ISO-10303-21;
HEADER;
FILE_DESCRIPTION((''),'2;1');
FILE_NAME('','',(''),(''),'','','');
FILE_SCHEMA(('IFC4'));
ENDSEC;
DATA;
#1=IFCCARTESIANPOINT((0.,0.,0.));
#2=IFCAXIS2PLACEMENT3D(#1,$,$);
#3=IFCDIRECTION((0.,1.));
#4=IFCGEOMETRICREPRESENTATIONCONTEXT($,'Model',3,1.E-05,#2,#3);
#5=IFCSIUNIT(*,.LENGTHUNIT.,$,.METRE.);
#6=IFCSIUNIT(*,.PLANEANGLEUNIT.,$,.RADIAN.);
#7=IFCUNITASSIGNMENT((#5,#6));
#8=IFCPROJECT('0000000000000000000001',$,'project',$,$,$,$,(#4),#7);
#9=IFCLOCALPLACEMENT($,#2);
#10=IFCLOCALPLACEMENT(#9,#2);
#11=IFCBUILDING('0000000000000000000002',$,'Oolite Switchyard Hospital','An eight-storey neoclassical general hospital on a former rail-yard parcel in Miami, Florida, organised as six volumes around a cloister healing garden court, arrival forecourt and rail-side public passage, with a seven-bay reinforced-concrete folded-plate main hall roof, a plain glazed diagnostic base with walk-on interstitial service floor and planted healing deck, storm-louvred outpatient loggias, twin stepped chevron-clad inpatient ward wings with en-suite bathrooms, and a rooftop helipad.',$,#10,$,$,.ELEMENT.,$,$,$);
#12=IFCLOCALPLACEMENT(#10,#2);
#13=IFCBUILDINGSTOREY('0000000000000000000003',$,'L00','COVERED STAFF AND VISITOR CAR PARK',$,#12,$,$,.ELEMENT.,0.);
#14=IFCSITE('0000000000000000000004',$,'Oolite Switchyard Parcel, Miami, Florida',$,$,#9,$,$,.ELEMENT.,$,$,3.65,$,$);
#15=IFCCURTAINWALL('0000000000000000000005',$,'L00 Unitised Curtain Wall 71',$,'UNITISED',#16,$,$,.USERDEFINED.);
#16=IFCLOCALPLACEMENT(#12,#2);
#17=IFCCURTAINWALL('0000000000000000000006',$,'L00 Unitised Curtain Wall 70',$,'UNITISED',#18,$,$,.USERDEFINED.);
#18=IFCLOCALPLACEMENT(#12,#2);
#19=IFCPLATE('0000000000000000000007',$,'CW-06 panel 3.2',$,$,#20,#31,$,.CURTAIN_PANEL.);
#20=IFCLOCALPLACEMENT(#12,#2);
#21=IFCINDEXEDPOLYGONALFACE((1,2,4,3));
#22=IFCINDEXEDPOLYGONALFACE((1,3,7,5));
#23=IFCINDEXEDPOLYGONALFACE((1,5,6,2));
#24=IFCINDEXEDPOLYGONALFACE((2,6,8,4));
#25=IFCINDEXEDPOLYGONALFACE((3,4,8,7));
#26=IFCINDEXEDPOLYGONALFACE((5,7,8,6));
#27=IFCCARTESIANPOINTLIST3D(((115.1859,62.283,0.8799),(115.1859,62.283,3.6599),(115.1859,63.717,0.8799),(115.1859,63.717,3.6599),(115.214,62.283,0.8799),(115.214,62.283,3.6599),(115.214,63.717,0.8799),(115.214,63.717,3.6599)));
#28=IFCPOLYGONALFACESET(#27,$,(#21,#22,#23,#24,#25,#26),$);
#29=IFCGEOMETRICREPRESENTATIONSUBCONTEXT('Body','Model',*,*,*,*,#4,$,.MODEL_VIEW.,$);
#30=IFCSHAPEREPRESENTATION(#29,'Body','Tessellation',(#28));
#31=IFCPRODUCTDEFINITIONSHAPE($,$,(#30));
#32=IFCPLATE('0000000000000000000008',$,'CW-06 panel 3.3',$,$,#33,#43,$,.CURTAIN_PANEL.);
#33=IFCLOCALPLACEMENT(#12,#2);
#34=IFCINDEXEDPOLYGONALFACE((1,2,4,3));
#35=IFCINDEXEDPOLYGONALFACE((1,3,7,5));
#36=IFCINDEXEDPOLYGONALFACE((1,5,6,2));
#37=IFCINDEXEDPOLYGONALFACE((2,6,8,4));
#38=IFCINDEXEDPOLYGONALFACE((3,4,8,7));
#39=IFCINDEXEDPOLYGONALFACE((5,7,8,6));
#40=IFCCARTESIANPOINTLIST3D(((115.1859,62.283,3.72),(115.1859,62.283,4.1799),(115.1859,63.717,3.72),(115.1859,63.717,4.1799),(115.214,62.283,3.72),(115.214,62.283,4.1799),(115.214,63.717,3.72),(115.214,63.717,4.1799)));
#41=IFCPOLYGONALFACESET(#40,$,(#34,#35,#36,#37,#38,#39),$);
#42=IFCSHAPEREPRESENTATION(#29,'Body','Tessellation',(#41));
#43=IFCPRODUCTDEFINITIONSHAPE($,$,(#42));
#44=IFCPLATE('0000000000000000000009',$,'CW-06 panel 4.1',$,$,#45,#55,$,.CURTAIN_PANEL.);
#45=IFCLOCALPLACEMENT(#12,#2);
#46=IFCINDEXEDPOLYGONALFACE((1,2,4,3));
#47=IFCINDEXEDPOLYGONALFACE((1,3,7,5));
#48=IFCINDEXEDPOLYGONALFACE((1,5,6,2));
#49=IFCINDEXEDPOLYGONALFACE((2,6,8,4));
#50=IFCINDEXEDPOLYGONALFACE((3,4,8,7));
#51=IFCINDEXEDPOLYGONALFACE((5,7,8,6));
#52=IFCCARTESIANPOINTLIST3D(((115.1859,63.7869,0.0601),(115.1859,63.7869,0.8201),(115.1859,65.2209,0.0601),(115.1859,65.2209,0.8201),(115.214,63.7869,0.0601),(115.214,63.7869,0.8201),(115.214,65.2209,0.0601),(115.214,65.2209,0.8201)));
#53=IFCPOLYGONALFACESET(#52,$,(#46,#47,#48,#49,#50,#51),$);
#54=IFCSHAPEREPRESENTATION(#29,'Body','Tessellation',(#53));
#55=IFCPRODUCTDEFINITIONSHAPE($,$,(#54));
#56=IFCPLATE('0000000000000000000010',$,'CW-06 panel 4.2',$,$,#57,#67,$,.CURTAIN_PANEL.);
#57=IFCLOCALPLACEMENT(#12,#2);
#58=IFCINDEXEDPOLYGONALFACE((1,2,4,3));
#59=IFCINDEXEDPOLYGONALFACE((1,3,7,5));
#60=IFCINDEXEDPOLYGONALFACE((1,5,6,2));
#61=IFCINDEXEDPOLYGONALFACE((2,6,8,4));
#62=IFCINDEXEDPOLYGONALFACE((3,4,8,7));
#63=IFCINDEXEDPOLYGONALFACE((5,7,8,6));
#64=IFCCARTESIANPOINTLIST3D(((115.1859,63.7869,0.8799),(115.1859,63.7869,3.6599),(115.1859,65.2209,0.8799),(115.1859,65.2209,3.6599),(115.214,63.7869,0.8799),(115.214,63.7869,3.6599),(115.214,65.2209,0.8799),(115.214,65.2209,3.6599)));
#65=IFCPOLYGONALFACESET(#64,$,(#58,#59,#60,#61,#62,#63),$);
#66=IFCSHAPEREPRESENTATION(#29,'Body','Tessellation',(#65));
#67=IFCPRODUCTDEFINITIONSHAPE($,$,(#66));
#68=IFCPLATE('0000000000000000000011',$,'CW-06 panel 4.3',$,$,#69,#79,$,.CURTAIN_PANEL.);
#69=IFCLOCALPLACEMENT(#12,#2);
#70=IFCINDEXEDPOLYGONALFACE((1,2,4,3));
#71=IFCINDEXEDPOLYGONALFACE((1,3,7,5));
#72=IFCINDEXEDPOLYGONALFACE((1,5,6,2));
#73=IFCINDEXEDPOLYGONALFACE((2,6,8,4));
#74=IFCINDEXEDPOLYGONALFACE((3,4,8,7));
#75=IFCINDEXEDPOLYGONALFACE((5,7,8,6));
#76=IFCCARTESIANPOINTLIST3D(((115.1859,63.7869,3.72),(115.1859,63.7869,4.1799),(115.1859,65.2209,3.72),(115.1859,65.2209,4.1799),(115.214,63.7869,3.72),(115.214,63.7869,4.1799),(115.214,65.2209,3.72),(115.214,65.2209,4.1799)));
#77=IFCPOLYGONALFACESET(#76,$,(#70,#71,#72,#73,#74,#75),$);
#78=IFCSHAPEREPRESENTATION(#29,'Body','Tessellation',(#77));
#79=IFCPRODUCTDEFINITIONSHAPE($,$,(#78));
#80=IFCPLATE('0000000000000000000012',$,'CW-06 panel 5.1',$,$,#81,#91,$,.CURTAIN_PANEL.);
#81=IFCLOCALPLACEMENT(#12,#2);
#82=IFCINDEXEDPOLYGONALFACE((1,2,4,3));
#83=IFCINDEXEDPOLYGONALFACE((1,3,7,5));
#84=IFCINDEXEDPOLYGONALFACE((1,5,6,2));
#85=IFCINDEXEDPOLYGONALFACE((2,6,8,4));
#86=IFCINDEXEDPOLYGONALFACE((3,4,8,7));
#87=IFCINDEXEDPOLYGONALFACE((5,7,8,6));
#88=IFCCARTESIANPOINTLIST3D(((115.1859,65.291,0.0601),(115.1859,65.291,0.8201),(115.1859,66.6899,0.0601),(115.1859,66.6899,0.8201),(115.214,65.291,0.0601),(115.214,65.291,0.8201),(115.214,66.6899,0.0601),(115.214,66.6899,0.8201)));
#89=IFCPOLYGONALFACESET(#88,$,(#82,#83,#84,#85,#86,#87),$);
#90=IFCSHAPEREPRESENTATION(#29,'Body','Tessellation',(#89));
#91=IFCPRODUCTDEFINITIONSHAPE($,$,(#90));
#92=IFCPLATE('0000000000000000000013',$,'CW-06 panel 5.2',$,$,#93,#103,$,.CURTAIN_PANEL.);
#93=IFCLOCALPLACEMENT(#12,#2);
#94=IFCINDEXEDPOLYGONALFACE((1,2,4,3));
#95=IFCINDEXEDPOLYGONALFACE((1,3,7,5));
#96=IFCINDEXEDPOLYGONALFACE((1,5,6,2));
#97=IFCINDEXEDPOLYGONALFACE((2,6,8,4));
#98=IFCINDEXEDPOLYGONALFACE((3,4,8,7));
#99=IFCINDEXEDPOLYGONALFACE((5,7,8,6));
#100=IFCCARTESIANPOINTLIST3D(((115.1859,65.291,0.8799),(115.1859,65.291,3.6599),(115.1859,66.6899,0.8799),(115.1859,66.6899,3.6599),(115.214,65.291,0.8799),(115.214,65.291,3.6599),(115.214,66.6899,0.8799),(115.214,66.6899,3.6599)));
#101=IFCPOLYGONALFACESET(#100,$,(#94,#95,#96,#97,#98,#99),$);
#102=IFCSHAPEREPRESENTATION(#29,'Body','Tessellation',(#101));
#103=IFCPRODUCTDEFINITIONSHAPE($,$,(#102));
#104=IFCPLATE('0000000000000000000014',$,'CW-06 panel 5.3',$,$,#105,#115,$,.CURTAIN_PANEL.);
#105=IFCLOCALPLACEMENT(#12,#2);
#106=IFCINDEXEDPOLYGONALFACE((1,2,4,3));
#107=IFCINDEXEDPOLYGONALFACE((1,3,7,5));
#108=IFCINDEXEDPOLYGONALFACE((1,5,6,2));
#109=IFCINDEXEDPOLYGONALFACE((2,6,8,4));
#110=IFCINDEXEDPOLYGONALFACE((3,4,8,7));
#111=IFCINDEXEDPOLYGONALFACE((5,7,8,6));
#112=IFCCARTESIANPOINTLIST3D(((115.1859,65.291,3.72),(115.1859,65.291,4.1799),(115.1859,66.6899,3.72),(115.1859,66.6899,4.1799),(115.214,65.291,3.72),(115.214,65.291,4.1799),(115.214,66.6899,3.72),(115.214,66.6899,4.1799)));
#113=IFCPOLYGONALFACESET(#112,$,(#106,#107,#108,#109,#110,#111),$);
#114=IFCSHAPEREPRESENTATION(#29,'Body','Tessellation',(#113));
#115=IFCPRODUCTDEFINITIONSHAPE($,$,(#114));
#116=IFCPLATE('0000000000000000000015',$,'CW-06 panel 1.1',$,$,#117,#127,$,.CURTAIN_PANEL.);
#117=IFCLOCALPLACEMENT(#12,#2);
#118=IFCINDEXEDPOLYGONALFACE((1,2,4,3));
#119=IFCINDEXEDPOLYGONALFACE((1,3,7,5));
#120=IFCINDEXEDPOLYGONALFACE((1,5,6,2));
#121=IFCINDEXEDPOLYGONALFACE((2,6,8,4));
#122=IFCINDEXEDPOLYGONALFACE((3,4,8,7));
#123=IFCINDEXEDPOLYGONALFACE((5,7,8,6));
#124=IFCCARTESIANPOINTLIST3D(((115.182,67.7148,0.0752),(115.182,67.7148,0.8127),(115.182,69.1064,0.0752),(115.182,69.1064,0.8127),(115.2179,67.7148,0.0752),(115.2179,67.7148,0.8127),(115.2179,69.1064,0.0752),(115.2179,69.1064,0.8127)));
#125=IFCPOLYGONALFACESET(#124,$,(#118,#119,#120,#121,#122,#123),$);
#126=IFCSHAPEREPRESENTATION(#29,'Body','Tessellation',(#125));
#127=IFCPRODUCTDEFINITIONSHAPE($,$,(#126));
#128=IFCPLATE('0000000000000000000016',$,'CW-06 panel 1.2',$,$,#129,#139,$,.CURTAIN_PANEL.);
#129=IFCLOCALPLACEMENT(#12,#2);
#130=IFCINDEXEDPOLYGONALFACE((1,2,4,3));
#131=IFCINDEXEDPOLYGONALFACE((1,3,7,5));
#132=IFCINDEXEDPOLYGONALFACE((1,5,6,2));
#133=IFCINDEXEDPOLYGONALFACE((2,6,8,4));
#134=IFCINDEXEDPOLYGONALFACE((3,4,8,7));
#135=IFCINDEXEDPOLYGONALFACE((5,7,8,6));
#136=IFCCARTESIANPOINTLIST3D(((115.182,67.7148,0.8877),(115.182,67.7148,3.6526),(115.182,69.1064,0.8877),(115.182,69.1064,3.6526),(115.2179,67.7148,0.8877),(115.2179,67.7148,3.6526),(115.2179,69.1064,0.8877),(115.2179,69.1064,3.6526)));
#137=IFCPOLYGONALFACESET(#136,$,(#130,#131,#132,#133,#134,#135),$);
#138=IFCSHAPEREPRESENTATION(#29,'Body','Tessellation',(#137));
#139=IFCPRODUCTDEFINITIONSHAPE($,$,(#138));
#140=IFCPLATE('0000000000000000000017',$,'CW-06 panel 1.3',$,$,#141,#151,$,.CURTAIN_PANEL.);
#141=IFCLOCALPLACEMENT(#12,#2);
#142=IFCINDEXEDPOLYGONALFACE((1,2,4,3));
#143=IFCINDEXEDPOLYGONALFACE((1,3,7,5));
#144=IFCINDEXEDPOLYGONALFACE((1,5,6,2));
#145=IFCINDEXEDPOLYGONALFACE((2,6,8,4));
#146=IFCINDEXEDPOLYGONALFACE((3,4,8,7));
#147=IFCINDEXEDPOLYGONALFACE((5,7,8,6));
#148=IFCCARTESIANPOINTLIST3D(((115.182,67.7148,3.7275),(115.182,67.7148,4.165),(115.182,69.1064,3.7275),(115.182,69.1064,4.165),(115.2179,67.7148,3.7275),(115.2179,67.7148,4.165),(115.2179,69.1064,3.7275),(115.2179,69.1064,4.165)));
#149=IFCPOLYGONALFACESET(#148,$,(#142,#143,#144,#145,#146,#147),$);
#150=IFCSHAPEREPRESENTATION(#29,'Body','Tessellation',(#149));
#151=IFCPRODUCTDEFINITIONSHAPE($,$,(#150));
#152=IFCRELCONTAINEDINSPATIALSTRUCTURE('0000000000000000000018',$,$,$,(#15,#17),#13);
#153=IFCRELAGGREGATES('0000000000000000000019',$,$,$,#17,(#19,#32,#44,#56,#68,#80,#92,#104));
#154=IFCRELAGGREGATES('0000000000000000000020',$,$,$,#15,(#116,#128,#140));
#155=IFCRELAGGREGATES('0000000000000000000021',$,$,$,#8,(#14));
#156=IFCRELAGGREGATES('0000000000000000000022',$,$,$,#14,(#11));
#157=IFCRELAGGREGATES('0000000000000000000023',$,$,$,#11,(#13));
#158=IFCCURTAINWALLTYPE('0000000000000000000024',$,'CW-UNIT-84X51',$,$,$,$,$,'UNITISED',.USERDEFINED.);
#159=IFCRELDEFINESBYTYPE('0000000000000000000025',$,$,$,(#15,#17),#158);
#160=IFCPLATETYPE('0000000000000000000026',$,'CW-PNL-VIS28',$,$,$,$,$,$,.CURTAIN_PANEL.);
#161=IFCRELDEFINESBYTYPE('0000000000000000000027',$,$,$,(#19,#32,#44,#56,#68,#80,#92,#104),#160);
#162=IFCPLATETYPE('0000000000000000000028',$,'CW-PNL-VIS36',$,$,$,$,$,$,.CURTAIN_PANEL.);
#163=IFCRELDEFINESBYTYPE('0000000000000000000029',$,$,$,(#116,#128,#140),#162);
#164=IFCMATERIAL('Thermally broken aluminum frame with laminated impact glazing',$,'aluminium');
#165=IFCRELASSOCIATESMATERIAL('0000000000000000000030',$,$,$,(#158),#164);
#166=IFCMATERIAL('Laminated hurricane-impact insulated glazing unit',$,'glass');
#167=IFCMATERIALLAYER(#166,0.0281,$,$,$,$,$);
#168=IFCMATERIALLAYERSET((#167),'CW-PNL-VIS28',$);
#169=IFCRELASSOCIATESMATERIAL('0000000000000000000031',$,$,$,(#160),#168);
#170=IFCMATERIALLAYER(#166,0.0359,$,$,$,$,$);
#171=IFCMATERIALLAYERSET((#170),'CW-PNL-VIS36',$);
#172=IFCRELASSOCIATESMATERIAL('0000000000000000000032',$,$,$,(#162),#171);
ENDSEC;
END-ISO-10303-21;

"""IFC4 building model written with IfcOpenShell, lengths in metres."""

from ifc_helpers import new_model, si_unit, direction, frame, origin, origin_2d, place, context, subcontext, project, spatial, rectangle, extrude, material, layer, layer_set, type_object, element, aggregate, save


model = new_model("IFC4")

# Units and contexts
model_context = context("Model", 3, precision=1e-05, world=origin(), true_north=direction((0.0, 1.0)))
body_context = subcontext(model_context, "Body", "Model", "MODEL_VIEW")
ifc_project = project(units=[si_unit("LENGTHUNIT", "METRE"), si_unit("PLANEANGLEUNIT", "RADIAN")], contexts=[model_context])

# Site, building, storey
site_placement = place(None, origin())
site = spatial("IfcSite", under=ifc_project, at=site_placement, Name="Oolite Switchyard Parcel, Miami, Florida", CompositionType="ELEMENT", RefElevation=3.65)
building_placement = place(site_placement, origin())
building = spatial("IfcBuilding", under=site, at=building_placement, Name="Oolite Switchyard Hospital", Description="An eight-storey neoclassical general hospital on a former rail-yard parcel in Miami, Florida, organised as six volumes around a cloister healing garden court, arrival forecourt and rail-side public passage, with a seven-bay reinforced-concrete folded-plate main hall roof, a plain glazed diagnostic base with walk-on interstitial service floor and planted healing deck, storm-louvred outpatient loggias, twin stepped chevron-clad inpatient ward wings with en-suite bathrooms, and a rooftop helipad.", CompositionType="ELEMENT")
storey_placement = place(building_placement, origin())
storey = spatial("IfcBuildingStorey", under=building, at=storey_placement, Name="L00", Description="COVERED STAFF AND VISITOR CAR PARK", CompositionType="ELEMENT", Elevation=0.0)

# Curtain wall
ifc_material_1 = material(Name="Thermally broken aluminum frame with laminated impact glazing", Category="aluminium")
curtain_wall_type = type_object("IfcCurtainWallType", Name="CW-UNIT-84X51", ElementType="UNITISED", PredefinedType="USERDEFINED", material=ifc_material_1)
curtain_wall_1_placement = place(storey_placement, origin())
curtain_wall_1 = element("IfcCurtainWall", 1, at=curtain_wall_1_placement, inside=storey, type_object=curtain_wall_type, Name="L00 Unitised Curtain Wall 71", ObjectType="UNITISED", PredefinedType="USERDEFINED")

# Curtain wall
curtain_wall_2_placement = place(storey_placement, origin())
curtain_wall_2 = element("IfcCurtainWall", 2, at=curtain_wall_2_placement, inside=storey, type_object=curtain_wall_type, Name="L00 Unitised Curtain Wall 70", ObjectType="UNITISED", PredefinedType="USERDEFINED")

# Plates
ifc_material_2 = material(Name="Laminated hurricane-impact insulated glazing unit", Category="glass")
ifc_layer_1 = layer(ifc_material_2, 0.0281)
ifc_layer_set_1 = layer_set([ifc_layer_1], Name="CW-PNL-VIS28")
plate_type_1 = type_object("IfcPlateType", Name="CW-PNL-VIS28", PredefinedType="CURTAIN_PANEL", material=ifc_layer_set_1)
plate_1_placement = place(storey_placement, frame((115.2, 63.0, 0.8799), z_axis=(0.0, 0.0, 1.0), x_axis=(0.0, 1.0, 0.0)))
plate_1 = element("IfcPlate", 3, at=plate_1_placement, type_object=plate_type_1, Name="CW-06 panel 3.2", PredefinedType="CURTAIN_PANEL", context=body_context, shape_type="SweptSolid", body=[
    extrude(rectangle(XDim=1.4341, YDim=0.0281, at=origin_2d()), origin(), (0.0, 0.0, 1.0), 2.78),
])
plate_2_placement = place(storey_placement, frame((115.2, 63.0, 3.72), z_axis=(0.0, 0.0, 1.0), x_axis=(0.0, 1.0, 0.0)))
plate_2 = element("IfcPlate", 4, at=plate_2_placement, type_object=plate_type_1, Name="CW-06 panel 3.3", PredefinedType="CURTAIN_PANEL", context=body_context, shape_type="SweptSolid", body=[
    extrude(rectangle(XDim=1.4341, YDim=0.0281, at=origin_2d()), origin(), (0.0, 0.0, 1.0), 0.46),
])
plate_3_placement = place(storey_placement, frame((115.2, 64.5039, 0.0601), z_axis=(0.0, 0.0, 1.0), x_axis=(0.0, 1.0, 0.0)))
plate_3 = element("IfcPlate", 5, at=plate_3_placement, type_object=plate_type_1, Name="CW-06 panel 4.1", PredefinedType="CURTAIN_PANEL", context=body_context, shape_type="SweptSolid", body=[
    extrude(rectangle(XDim=1.4341, YDim=0.0281, at=origin_2d()), origin(), (0.0, 0.0, 1.0), 0.76),
])
plate_4_placement = place(storey_placement, frame((115.2, 64.5039, 0.8799), z_axis=(0.0, 0.0, 1.0), x_axis=(0.0, 1.0, 0.0)))
plate_4 = element("IfcPlate", 6, at=plate_4_placement, type_object=plate_type_1, Name="CW-06 panel 4.2", PredefinedType="CURTAIN_PANEL", context=body_context, shape_type="SweptSolid", body=[
    extrude(rectangle(XDim=1.4341, YDim=0.0281, at=origin_2d()), origin(), (0.0, 0.0, 1.0), 2.78),
])
plate_5_placement = place(storey_placement, frame((115.2, 64.5039, 3.72), z_axis=(0.0, 0.0, 1.0), x_axis=(0.0, 1.0, 0.0)))
plate_5 = element("IfcPlate", 7, at=plate_5_placement, type_object=plate_type_1, Name="CW-06 panel 4.3", PredefinedType="CURTAIN_PANEL", context=body_context, shape_type="SweptSolid", body=[
    extrude(rectangle(XDim=1.4341, YDim=0.0281, at=origin_2d()), origin(), (0.0, 0.0, 1.0), 0.46),
])
plate_6_placement = place(storey_placement, frame((115.2, 65.9905, 0.0601), z_axis=(0.0, 0.0, 1.0), x_axis=(0.0, 1.0, 0.0)))
plate_6 = element("IfcPlate", 8, at=plate_6_placement, type_object=plate_type_1, Name="CW-06 panel 5.1", PredefinedType="CURTAIN_PANEL", context=body_context, shape_type="SweptSolid", body=[
    extrude(rectangle(XDim=1.3989, YDim=0.0281, at=origin_2d()), origin(), (0.0, 0.0, 1.0), 0.76),
])
plate_7_placement = place(storey_placement, frame((115.2, 65.9905, 0.8799), z_axis=(0.0, 0.0, 1.0), x_axis=(0.0, 1.0, 0.0)))
plate_7 = element("IfcPlate", 9, at=plate_7_placement, type_object=plate_type_1, Name="CW-06 panel 5.2", PredefinedType="CURTAIN_PANEL", context=body_context, shape_type="SweptSolid", body=[
    extrude(rectangle(XDim=1.3989, YDim=0.0281, at=origin_2d()), origin(), (0.0, 0.0, 1.0), 2.78),
])
plate_8_placement = place(storey_placement, frame((115.2, 65.9905, 3.72), z_axis=(0.0, 0.0, 1.0), x_axis=(0.0, 1.0, 0.0)))
plate_8 = element("IfcPlate", 10, at=plate_8_placement, type_object=plate_type_1, Name="CW-06 panel 5.3", PredefinedType="CURTAIN_PANEL", context=body_context, shape_type="SweptSolid", body=[
    extrude(rectangle(XDim=1.3989, YDim=0.0281, at=origin_2d()), origin(), (0.0, 0.0, 1.0), 0.46),
])
aggregate(curtain_wall_2, [plate_1, plate_2, plate_3, plate_4, plate_5, plate_6, plate_7, plate_8])
ifc_layer_2 = layer(ifc_material_2, 0.0359)
ifc_layer_set_2 = layer_set([ifc_layer_2], Name="CW-PNL-VIS36")
plate_type_2 = type_object("IfcPlateType", Name="CW-PNL-VIS36", PredefinedType="CURTAIN_PANEL", material=ifc_layer_set_2)
plate_9_placement = place(storey_placement, frame((115.2, 68.4106, 0.0752), z_axis=(0.0, 0.0, 1.0), x_axis=(0.0, 1.0, 0.0)))
plate_9 = element("IfcPlate", 11, at=plate_9_placement, type_object=plate_type_2, Name="CW-06 panel 1.1", PredefinedType="CURTAIN_PANEL", context=body_context, shape_type="SweptSolid", body=[
    extrude(rectangle(XDim=1.3916, YDim=0.0359, at=origin_2d()), origin(), (0.0, 0.0, 1.0), 0.7375),
])
plate_10_placement = place(storey_placement, frame((115.2, 68.4106, 0.8877), z_axis=(0.0, 0.0, 1.0), x_axis=(0.0, 1.0, 0.0)))
plate_10 = element("IfcPlate", 12, at=plate_10_placement, type_object=plate_type_2, Name="CW-06 panel 1.2", PredefinedType="CURTAIN_PANEL", context=body_context, shape_type="SweptSolid", body=[
    extrude(rectangle(XDim=1.3916, YDim=0.0359, at=origin_2d()), origin(), (0.0, 0.0, 1.0), 2.7649),
])
plate_11_placement = place(storey_placement, frame((115.2, 68.4106, 3.7275), z_axis=(0.0, 0.0, 1.0), x_axis=(0.0, 1.0, 0.0)))
plate_11 = element("IfcPlate", 13, at=plate_11_placement, type_object=plate_type_2, Name="CW-06 panel 1.3", PredefinedType="CURTAIN_PANEL", context=body_context, shape_type="SweptSolid", body=[
    extrude(rectangle(XDim=1.3916, YDim=0.0359, at=origin_2d()), origin(), (0.0, 0.0, 1.0), 0.4375),
])
aggregate(curtain_wall_1, [plate_9, plate_10, plate_11])

save(model, "model.ifc")
